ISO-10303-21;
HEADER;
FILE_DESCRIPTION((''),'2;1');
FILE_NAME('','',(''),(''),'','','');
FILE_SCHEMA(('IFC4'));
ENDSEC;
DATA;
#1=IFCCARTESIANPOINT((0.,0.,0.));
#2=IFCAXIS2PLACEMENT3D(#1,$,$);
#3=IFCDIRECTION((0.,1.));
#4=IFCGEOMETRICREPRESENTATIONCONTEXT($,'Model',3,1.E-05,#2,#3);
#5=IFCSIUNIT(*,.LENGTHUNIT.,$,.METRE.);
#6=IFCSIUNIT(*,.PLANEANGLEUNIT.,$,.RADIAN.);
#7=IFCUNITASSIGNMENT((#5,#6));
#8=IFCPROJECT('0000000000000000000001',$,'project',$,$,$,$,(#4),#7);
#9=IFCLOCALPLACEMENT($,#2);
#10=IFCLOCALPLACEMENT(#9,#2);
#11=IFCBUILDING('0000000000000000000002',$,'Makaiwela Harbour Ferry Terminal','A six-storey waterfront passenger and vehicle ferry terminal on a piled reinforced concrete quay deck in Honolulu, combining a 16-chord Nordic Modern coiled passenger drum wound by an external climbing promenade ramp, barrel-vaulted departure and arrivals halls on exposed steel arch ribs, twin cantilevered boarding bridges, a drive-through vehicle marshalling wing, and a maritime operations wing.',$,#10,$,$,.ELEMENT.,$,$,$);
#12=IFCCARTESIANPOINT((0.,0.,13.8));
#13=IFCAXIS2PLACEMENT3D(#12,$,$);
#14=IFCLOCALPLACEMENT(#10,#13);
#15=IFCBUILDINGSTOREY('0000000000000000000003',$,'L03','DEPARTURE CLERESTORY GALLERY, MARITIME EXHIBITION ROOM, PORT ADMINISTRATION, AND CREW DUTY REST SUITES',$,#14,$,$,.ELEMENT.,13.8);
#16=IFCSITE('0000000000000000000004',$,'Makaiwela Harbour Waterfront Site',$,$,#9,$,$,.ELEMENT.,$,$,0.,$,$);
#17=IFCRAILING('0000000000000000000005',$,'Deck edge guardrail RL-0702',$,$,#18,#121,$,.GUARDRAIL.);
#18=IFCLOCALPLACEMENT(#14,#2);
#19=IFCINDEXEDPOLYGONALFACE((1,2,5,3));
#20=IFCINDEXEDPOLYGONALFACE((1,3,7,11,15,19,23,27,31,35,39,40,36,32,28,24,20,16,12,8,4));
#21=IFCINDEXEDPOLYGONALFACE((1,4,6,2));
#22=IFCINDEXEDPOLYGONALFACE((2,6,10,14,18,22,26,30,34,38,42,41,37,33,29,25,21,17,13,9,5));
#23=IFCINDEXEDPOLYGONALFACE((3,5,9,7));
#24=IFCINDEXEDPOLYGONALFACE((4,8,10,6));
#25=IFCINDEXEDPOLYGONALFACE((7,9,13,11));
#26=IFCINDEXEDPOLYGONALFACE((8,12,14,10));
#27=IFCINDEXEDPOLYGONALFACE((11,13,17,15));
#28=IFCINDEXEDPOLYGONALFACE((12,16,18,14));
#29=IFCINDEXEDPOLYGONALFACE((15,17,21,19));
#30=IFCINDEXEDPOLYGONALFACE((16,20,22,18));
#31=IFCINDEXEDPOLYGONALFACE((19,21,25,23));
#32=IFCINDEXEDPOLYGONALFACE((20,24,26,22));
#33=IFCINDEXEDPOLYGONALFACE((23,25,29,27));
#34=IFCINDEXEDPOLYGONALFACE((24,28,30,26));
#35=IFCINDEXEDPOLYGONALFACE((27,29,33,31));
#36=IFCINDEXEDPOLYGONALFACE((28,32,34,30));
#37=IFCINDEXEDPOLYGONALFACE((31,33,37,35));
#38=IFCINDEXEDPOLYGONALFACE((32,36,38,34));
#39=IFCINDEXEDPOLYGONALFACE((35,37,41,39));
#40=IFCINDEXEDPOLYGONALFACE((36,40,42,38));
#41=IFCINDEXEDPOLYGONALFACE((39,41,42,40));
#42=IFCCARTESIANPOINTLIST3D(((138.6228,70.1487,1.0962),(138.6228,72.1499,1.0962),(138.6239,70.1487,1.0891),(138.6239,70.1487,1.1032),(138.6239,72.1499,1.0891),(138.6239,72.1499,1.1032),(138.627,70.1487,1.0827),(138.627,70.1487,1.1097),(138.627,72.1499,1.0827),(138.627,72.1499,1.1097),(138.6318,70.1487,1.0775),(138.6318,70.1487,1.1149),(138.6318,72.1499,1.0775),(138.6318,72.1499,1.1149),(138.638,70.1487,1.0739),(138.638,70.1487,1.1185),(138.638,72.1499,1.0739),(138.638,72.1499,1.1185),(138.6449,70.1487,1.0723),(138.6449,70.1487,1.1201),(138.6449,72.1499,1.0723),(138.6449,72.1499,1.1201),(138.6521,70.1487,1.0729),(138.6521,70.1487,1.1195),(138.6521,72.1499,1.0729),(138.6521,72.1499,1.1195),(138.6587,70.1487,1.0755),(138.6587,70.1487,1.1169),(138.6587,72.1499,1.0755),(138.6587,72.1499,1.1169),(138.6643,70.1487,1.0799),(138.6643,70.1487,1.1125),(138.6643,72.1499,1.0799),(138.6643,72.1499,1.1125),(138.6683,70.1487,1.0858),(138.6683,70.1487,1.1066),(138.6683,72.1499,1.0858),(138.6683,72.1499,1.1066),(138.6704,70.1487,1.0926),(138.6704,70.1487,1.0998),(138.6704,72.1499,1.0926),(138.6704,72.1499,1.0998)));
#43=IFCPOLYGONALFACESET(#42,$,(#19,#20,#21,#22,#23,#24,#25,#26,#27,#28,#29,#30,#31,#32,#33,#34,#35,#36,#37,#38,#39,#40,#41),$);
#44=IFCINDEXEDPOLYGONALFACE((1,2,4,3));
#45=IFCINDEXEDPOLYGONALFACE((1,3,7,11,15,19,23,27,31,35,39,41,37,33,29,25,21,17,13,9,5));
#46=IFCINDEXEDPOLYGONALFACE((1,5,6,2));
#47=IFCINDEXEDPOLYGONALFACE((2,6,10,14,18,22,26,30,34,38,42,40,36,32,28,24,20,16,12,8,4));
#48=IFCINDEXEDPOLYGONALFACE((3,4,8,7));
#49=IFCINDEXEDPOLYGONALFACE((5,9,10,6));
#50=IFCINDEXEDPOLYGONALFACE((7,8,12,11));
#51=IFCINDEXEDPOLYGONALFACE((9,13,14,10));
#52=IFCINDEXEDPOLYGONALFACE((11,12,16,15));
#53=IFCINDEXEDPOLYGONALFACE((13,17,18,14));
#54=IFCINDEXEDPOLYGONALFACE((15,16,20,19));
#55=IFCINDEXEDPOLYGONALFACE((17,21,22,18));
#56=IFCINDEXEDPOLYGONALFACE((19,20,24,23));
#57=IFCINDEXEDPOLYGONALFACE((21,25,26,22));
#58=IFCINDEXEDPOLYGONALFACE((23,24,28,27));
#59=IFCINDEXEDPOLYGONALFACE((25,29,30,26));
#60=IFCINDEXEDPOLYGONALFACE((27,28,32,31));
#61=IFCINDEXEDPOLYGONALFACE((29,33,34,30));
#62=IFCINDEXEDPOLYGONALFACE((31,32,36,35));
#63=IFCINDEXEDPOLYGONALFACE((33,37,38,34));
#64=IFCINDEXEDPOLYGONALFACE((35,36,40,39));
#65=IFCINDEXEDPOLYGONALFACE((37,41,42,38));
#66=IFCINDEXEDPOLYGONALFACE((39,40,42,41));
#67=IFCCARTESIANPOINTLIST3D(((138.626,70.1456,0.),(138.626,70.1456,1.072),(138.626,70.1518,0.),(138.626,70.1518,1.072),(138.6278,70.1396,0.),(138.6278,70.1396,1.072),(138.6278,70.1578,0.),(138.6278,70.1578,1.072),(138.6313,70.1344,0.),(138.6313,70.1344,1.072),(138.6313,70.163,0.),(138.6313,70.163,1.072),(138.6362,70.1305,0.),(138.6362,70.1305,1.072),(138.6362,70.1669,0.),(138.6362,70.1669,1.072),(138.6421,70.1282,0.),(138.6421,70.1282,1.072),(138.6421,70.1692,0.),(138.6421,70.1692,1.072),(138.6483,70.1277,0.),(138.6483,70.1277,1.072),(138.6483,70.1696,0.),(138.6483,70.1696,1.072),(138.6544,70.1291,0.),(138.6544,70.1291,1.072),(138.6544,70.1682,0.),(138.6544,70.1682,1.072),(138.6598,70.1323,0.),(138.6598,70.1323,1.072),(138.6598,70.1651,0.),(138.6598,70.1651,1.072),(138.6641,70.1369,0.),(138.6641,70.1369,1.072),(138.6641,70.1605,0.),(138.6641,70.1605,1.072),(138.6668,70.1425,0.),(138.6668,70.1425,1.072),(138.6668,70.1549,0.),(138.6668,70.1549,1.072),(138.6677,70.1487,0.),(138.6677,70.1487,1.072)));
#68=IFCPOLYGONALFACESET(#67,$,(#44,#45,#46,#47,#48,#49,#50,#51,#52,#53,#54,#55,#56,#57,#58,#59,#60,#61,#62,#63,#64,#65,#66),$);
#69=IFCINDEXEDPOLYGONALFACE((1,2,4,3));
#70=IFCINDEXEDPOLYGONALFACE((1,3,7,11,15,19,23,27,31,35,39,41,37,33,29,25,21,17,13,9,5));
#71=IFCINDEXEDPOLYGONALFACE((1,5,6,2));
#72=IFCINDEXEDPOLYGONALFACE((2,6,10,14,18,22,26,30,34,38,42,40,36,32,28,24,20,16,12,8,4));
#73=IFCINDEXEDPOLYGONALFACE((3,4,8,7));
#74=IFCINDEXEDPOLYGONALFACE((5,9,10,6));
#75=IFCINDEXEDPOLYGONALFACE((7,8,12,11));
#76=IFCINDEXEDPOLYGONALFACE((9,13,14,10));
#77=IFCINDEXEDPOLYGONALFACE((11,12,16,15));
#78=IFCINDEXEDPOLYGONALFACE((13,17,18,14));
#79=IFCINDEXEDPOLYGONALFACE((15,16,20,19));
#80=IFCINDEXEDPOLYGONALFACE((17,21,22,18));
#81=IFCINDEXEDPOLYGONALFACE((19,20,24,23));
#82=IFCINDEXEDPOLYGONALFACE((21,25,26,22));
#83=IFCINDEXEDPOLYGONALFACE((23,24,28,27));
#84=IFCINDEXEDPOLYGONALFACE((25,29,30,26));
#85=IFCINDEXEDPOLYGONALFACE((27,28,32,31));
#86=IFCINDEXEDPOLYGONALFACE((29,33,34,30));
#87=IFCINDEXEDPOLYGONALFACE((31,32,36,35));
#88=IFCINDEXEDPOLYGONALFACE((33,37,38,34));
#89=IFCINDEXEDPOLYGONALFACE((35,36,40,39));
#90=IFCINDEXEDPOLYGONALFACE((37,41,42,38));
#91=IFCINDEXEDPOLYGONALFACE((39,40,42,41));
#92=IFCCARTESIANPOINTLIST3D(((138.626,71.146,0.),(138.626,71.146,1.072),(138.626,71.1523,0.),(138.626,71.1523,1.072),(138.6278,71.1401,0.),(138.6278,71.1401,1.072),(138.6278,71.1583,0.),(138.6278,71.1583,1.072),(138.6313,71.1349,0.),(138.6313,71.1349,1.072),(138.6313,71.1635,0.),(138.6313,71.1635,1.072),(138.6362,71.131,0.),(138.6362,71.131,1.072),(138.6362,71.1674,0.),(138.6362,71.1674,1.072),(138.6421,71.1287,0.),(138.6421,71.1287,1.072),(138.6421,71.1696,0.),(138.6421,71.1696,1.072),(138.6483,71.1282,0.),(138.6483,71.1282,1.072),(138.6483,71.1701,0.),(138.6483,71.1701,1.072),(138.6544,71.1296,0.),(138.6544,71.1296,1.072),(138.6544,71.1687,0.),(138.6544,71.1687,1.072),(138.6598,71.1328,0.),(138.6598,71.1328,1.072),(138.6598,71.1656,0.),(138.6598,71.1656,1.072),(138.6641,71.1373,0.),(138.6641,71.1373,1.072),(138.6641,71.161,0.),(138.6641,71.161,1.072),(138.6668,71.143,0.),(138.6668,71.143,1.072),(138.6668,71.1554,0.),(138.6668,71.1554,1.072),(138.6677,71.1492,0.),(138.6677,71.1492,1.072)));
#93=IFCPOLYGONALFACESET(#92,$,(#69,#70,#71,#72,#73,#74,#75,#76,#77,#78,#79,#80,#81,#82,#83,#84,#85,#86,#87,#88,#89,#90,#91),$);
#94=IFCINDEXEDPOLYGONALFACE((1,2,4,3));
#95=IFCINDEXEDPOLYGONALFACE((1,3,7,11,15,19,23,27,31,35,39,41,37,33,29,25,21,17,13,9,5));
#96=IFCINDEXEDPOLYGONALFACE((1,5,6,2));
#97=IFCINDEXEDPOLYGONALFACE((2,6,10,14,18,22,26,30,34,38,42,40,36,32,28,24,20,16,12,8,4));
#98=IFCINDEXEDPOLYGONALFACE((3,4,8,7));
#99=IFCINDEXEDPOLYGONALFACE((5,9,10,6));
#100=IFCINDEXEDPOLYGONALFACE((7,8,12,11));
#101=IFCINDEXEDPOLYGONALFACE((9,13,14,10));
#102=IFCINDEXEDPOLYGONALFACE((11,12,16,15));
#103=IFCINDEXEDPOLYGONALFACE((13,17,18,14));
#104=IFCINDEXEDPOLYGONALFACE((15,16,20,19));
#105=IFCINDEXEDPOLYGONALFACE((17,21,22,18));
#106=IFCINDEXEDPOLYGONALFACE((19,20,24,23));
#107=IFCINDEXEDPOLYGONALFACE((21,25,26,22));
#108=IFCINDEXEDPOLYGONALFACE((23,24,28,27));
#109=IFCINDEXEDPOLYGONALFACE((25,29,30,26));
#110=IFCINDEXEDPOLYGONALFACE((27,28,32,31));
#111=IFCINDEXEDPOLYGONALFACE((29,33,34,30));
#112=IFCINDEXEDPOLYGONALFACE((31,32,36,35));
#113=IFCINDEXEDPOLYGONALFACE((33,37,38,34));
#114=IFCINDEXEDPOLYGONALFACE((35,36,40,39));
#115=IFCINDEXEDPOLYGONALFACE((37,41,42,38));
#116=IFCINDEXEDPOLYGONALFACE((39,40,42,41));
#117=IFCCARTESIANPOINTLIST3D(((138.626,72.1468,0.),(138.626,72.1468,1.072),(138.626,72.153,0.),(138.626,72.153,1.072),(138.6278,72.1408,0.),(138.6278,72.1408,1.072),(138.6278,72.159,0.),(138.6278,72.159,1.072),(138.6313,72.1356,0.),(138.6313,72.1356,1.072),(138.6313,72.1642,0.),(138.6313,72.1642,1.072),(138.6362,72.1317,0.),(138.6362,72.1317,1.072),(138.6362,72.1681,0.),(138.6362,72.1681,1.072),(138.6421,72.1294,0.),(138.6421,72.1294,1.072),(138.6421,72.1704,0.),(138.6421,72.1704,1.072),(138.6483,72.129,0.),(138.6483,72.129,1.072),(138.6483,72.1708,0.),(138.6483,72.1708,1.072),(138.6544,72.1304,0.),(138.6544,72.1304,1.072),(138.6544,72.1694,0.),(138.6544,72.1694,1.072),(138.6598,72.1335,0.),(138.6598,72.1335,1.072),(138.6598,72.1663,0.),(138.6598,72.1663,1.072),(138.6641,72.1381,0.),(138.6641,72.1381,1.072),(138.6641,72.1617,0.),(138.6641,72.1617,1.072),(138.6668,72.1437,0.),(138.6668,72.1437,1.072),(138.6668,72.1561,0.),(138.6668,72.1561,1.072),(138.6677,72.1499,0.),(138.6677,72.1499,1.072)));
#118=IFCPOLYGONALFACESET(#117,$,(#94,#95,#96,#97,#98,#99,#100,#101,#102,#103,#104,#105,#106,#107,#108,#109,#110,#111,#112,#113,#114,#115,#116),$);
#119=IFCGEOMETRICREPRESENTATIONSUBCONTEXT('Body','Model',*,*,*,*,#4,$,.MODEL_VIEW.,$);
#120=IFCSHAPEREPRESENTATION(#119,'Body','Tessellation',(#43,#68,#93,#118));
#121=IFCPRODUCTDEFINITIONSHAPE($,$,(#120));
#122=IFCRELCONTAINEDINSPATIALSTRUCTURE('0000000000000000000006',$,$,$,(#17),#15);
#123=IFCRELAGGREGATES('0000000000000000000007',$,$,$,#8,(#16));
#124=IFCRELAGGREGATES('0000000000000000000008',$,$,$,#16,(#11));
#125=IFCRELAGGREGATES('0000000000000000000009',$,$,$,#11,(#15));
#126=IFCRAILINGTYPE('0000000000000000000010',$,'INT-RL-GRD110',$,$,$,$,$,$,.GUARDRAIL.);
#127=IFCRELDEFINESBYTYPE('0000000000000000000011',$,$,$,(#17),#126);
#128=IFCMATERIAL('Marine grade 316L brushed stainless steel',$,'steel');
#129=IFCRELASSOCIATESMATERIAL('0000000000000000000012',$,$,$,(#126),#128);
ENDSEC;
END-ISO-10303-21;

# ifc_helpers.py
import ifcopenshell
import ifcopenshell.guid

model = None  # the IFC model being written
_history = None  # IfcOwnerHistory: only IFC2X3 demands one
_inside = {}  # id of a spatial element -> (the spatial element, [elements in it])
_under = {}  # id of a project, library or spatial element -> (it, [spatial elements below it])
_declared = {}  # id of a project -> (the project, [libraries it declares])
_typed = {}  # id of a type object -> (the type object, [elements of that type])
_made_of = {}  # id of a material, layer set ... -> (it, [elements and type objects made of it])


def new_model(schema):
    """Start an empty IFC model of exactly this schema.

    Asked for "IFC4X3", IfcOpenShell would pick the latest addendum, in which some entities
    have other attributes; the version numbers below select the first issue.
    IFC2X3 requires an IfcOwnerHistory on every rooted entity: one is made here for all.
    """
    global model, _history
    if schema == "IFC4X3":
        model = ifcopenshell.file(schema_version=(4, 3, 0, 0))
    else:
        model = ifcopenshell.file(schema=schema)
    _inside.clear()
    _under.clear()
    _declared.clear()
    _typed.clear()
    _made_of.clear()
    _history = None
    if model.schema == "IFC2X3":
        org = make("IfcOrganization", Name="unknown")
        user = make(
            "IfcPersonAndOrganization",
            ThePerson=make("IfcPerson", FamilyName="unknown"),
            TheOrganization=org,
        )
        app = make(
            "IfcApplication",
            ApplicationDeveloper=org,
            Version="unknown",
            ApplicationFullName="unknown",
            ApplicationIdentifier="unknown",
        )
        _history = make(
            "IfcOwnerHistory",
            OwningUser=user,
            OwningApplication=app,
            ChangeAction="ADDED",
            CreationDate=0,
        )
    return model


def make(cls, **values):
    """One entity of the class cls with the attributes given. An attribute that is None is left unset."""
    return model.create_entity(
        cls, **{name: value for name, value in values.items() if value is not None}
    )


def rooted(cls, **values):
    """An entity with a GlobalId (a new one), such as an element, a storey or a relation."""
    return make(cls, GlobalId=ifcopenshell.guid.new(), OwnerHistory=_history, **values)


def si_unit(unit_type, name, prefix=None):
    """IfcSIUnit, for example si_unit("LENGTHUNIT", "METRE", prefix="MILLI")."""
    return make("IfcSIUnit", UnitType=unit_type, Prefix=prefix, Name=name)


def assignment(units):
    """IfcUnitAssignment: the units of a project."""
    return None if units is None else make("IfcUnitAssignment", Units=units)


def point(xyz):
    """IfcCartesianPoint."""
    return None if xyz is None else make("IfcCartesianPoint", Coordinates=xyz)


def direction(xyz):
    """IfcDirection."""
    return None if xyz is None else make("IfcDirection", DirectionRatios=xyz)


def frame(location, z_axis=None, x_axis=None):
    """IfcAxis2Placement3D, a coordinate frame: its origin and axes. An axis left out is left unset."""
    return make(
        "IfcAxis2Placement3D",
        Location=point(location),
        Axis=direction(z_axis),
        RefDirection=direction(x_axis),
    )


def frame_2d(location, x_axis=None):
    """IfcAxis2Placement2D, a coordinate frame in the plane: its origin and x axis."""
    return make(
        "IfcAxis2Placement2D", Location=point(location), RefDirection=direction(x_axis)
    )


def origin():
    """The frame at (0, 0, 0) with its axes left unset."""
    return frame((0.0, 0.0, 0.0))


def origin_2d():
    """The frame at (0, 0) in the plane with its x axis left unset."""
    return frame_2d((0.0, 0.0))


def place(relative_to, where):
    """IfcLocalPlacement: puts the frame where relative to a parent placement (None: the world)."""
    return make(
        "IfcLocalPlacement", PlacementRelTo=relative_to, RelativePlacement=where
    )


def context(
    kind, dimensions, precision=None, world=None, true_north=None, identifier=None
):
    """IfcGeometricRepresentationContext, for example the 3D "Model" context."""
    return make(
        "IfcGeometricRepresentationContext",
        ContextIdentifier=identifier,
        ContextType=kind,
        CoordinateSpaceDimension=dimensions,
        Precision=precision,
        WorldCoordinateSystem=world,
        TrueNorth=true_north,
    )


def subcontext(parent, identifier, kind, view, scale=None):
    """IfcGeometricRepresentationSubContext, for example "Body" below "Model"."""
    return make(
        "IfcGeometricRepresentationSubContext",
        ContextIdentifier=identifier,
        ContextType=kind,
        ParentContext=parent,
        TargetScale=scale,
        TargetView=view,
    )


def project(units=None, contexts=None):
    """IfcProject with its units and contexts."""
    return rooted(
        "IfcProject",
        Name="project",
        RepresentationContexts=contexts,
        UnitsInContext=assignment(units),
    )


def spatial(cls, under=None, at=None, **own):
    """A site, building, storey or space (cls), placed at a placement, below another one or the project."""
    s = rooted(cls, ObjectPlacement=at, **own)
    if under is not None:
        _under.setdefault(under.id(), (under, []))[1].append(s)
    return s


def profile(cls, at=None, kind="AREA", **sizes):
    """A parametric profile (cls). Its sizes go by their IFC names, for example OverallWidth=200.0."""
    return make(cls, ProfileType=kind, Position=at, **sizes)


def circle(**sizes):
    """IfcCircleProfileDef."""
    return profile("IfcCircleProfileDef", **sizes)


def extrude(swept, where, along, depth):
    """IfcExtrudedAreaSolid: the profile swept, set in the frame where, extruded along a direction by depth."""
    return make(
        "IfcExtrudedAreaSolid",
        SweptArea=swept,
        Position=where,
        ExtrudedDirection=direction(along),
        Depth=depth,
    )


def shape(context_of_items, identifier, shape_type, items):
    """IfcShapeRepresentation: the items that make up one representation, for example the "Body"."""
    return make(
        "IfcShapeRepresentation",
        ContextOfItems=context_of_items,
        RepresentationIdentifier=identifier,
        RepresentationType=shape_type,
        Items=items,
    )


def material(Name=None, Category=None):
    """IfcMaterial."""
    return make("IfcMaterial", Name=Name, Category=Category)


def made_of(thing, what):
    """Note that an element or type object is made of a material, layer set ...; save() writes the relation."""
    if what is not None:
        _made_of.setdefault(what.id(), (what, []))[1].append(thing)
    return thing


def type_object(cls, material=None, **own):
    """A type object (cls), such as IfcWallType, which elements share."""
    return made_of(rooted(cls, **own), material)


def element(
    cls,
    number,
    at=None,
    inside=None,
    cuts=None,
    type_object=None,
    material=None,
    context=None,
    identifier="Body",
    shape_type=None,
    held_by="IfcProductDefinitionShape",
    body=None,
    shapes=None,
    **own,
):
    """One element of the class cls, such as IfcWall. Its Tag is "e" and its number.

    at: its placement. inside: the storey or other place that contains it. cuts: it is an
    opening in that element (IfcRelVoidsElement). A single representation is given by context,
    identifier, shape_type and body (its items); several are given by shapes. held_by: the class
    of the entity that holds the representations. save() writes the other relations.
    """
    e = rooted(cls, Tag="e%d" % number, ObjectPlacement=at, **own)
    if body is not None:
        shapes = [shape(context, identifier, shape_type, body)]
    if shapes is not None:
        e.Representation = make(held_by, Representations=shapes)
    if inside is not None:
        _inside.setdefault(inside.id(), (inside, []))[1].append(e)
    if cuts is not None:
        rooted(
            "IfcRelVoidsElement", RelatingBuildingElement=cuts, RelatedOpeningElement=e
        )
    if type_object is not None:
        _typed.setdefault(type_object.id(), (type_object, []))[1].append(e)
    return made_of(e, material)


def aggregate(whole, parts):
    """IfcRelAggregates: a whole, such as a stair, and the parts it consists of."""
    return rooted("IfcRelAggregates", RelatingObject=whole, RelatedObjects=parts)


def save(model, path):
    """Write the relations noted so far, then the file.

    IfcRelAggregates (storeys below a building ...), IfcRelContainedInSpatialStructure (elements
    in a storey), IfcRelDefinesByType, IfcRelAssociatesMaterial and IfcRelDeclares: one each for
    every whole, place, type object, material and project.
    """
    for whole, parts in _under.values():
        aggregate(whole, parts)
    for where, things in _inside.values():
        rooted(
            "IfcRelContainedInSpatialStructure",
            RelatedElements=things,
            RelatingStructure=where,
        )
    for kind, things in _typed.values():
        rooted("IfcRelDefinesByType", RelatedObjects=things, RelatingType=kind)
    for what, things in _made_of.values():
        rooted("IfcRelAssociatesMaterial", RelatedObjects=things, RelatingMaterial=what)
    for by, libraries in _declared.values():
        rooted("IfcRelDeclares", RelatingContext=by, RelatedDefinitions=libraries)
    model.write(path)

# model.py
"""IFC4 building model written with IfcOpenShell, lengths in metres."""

from ifc_helpers import new_model, si_unit, direction, frame, origin, origin_2d, place, context, subcontext, project, spatial, circle, extrude, material, type_object, element, save


model = new_model("IFC4")

# Units and contexts
model_context = context("Model", 3, precision=1e-05, world=origin(), true_north=direction((0.0, 1.0)))
body_context = subcontext(model_context, "Body", "Model", "MODEL_VIEW")
ifc_project = project(units=[si_unit("LENGTHUNIT", "METRE"), si_unit("PLANEANGLEUNIT", "RADIAN")], contexts=[model_context])

# Site, building, storey
site_placement = place(None, origin())
site = spatial("IfcSite", under=ifc_project, at=site_placement, Name="Makaiwela Harbour Waterfront Site", CompositionType="ELEMENT", RefElevation=0.0)
building_placement = place(site_placement, origin())
building = spatial("IfcBuilding", under=site, at=building_placement, Name="Makaiwela Harbour Ferry Terminal", Description="A six-storey waterfront passenger and vehicle ferry terminal on a piled reinforced concrete quay deck in Honolulu, combining a 16-chord Nordic Modern coiled passenger drum wound by an external climbing promenade ramp, barrel-vaulted departure and arrivals halls on exposed steel arch ribs, twin cantilevered boarding bridges, a drive-through vehicle marshalling wing, and a maritime operations wing.", CompositionType="ELEMENT")
storey_placement = place(building_placement, frame((0.0, 0.0, 13.8)))
storey = spatial("IfcBuildingStorey", under=building, at=storey_placement, Name="L03", Description="DEPARTURE CLERESTORY GALLERY, MARITIME EXHIBITION ROOM, PORT ADMINISTRATION, AND CREW DUTY REST SUITES", CompositionType="ELEMENT", Elevation=13.8)

# Railing
ifc_material_1 = material(Name="Marine grade 316L brushed stainless steel", Category="steel")
railing_type = type_object("IfcRailingType", Name="INT-RL-GRD110", PredefinedType="GUARDRAIL", material=ifc_material_1)
railing_1_placement = place(storey_placement, frame((138.6467, 70.1487, 0.0)))
element("IfcRailing", 1, at=railing_1_placement, inside=storey, type_object=railing_type, Name="Deck edge guardrail RL-0702", PredefinedType="GUARDRAIL", context=body_context, shape_type="SweptSolid", body=[
    extrude(circle(Radius=0.0239, at=origin_2d()), frame((0.0, 0.0, 1.0962), z_axis=(0.0, 1.0, 0.0), x_axis=(-1.0, 0.0, 0.0)), (0.0, 0.0, 1.0), 2.0012),
    extrude(circle(Radius=0.021, at=origin_2d()), origin(), (0.0, 0.0, 1.0), 1.072),
    extrude(circle(Radius=0.021, at=origin_2d()), frame((0.0, 1.0005, 0.0)), (0.0, 0.0, 1.0), 1.072),
    extrude(circle(Radius=0.021, at=origin_2d()), frame((0.0, 2.0012, 0.0)), (0.0, 0.0, 1.0), 1.072),
])

save(model, "model.ifc")
